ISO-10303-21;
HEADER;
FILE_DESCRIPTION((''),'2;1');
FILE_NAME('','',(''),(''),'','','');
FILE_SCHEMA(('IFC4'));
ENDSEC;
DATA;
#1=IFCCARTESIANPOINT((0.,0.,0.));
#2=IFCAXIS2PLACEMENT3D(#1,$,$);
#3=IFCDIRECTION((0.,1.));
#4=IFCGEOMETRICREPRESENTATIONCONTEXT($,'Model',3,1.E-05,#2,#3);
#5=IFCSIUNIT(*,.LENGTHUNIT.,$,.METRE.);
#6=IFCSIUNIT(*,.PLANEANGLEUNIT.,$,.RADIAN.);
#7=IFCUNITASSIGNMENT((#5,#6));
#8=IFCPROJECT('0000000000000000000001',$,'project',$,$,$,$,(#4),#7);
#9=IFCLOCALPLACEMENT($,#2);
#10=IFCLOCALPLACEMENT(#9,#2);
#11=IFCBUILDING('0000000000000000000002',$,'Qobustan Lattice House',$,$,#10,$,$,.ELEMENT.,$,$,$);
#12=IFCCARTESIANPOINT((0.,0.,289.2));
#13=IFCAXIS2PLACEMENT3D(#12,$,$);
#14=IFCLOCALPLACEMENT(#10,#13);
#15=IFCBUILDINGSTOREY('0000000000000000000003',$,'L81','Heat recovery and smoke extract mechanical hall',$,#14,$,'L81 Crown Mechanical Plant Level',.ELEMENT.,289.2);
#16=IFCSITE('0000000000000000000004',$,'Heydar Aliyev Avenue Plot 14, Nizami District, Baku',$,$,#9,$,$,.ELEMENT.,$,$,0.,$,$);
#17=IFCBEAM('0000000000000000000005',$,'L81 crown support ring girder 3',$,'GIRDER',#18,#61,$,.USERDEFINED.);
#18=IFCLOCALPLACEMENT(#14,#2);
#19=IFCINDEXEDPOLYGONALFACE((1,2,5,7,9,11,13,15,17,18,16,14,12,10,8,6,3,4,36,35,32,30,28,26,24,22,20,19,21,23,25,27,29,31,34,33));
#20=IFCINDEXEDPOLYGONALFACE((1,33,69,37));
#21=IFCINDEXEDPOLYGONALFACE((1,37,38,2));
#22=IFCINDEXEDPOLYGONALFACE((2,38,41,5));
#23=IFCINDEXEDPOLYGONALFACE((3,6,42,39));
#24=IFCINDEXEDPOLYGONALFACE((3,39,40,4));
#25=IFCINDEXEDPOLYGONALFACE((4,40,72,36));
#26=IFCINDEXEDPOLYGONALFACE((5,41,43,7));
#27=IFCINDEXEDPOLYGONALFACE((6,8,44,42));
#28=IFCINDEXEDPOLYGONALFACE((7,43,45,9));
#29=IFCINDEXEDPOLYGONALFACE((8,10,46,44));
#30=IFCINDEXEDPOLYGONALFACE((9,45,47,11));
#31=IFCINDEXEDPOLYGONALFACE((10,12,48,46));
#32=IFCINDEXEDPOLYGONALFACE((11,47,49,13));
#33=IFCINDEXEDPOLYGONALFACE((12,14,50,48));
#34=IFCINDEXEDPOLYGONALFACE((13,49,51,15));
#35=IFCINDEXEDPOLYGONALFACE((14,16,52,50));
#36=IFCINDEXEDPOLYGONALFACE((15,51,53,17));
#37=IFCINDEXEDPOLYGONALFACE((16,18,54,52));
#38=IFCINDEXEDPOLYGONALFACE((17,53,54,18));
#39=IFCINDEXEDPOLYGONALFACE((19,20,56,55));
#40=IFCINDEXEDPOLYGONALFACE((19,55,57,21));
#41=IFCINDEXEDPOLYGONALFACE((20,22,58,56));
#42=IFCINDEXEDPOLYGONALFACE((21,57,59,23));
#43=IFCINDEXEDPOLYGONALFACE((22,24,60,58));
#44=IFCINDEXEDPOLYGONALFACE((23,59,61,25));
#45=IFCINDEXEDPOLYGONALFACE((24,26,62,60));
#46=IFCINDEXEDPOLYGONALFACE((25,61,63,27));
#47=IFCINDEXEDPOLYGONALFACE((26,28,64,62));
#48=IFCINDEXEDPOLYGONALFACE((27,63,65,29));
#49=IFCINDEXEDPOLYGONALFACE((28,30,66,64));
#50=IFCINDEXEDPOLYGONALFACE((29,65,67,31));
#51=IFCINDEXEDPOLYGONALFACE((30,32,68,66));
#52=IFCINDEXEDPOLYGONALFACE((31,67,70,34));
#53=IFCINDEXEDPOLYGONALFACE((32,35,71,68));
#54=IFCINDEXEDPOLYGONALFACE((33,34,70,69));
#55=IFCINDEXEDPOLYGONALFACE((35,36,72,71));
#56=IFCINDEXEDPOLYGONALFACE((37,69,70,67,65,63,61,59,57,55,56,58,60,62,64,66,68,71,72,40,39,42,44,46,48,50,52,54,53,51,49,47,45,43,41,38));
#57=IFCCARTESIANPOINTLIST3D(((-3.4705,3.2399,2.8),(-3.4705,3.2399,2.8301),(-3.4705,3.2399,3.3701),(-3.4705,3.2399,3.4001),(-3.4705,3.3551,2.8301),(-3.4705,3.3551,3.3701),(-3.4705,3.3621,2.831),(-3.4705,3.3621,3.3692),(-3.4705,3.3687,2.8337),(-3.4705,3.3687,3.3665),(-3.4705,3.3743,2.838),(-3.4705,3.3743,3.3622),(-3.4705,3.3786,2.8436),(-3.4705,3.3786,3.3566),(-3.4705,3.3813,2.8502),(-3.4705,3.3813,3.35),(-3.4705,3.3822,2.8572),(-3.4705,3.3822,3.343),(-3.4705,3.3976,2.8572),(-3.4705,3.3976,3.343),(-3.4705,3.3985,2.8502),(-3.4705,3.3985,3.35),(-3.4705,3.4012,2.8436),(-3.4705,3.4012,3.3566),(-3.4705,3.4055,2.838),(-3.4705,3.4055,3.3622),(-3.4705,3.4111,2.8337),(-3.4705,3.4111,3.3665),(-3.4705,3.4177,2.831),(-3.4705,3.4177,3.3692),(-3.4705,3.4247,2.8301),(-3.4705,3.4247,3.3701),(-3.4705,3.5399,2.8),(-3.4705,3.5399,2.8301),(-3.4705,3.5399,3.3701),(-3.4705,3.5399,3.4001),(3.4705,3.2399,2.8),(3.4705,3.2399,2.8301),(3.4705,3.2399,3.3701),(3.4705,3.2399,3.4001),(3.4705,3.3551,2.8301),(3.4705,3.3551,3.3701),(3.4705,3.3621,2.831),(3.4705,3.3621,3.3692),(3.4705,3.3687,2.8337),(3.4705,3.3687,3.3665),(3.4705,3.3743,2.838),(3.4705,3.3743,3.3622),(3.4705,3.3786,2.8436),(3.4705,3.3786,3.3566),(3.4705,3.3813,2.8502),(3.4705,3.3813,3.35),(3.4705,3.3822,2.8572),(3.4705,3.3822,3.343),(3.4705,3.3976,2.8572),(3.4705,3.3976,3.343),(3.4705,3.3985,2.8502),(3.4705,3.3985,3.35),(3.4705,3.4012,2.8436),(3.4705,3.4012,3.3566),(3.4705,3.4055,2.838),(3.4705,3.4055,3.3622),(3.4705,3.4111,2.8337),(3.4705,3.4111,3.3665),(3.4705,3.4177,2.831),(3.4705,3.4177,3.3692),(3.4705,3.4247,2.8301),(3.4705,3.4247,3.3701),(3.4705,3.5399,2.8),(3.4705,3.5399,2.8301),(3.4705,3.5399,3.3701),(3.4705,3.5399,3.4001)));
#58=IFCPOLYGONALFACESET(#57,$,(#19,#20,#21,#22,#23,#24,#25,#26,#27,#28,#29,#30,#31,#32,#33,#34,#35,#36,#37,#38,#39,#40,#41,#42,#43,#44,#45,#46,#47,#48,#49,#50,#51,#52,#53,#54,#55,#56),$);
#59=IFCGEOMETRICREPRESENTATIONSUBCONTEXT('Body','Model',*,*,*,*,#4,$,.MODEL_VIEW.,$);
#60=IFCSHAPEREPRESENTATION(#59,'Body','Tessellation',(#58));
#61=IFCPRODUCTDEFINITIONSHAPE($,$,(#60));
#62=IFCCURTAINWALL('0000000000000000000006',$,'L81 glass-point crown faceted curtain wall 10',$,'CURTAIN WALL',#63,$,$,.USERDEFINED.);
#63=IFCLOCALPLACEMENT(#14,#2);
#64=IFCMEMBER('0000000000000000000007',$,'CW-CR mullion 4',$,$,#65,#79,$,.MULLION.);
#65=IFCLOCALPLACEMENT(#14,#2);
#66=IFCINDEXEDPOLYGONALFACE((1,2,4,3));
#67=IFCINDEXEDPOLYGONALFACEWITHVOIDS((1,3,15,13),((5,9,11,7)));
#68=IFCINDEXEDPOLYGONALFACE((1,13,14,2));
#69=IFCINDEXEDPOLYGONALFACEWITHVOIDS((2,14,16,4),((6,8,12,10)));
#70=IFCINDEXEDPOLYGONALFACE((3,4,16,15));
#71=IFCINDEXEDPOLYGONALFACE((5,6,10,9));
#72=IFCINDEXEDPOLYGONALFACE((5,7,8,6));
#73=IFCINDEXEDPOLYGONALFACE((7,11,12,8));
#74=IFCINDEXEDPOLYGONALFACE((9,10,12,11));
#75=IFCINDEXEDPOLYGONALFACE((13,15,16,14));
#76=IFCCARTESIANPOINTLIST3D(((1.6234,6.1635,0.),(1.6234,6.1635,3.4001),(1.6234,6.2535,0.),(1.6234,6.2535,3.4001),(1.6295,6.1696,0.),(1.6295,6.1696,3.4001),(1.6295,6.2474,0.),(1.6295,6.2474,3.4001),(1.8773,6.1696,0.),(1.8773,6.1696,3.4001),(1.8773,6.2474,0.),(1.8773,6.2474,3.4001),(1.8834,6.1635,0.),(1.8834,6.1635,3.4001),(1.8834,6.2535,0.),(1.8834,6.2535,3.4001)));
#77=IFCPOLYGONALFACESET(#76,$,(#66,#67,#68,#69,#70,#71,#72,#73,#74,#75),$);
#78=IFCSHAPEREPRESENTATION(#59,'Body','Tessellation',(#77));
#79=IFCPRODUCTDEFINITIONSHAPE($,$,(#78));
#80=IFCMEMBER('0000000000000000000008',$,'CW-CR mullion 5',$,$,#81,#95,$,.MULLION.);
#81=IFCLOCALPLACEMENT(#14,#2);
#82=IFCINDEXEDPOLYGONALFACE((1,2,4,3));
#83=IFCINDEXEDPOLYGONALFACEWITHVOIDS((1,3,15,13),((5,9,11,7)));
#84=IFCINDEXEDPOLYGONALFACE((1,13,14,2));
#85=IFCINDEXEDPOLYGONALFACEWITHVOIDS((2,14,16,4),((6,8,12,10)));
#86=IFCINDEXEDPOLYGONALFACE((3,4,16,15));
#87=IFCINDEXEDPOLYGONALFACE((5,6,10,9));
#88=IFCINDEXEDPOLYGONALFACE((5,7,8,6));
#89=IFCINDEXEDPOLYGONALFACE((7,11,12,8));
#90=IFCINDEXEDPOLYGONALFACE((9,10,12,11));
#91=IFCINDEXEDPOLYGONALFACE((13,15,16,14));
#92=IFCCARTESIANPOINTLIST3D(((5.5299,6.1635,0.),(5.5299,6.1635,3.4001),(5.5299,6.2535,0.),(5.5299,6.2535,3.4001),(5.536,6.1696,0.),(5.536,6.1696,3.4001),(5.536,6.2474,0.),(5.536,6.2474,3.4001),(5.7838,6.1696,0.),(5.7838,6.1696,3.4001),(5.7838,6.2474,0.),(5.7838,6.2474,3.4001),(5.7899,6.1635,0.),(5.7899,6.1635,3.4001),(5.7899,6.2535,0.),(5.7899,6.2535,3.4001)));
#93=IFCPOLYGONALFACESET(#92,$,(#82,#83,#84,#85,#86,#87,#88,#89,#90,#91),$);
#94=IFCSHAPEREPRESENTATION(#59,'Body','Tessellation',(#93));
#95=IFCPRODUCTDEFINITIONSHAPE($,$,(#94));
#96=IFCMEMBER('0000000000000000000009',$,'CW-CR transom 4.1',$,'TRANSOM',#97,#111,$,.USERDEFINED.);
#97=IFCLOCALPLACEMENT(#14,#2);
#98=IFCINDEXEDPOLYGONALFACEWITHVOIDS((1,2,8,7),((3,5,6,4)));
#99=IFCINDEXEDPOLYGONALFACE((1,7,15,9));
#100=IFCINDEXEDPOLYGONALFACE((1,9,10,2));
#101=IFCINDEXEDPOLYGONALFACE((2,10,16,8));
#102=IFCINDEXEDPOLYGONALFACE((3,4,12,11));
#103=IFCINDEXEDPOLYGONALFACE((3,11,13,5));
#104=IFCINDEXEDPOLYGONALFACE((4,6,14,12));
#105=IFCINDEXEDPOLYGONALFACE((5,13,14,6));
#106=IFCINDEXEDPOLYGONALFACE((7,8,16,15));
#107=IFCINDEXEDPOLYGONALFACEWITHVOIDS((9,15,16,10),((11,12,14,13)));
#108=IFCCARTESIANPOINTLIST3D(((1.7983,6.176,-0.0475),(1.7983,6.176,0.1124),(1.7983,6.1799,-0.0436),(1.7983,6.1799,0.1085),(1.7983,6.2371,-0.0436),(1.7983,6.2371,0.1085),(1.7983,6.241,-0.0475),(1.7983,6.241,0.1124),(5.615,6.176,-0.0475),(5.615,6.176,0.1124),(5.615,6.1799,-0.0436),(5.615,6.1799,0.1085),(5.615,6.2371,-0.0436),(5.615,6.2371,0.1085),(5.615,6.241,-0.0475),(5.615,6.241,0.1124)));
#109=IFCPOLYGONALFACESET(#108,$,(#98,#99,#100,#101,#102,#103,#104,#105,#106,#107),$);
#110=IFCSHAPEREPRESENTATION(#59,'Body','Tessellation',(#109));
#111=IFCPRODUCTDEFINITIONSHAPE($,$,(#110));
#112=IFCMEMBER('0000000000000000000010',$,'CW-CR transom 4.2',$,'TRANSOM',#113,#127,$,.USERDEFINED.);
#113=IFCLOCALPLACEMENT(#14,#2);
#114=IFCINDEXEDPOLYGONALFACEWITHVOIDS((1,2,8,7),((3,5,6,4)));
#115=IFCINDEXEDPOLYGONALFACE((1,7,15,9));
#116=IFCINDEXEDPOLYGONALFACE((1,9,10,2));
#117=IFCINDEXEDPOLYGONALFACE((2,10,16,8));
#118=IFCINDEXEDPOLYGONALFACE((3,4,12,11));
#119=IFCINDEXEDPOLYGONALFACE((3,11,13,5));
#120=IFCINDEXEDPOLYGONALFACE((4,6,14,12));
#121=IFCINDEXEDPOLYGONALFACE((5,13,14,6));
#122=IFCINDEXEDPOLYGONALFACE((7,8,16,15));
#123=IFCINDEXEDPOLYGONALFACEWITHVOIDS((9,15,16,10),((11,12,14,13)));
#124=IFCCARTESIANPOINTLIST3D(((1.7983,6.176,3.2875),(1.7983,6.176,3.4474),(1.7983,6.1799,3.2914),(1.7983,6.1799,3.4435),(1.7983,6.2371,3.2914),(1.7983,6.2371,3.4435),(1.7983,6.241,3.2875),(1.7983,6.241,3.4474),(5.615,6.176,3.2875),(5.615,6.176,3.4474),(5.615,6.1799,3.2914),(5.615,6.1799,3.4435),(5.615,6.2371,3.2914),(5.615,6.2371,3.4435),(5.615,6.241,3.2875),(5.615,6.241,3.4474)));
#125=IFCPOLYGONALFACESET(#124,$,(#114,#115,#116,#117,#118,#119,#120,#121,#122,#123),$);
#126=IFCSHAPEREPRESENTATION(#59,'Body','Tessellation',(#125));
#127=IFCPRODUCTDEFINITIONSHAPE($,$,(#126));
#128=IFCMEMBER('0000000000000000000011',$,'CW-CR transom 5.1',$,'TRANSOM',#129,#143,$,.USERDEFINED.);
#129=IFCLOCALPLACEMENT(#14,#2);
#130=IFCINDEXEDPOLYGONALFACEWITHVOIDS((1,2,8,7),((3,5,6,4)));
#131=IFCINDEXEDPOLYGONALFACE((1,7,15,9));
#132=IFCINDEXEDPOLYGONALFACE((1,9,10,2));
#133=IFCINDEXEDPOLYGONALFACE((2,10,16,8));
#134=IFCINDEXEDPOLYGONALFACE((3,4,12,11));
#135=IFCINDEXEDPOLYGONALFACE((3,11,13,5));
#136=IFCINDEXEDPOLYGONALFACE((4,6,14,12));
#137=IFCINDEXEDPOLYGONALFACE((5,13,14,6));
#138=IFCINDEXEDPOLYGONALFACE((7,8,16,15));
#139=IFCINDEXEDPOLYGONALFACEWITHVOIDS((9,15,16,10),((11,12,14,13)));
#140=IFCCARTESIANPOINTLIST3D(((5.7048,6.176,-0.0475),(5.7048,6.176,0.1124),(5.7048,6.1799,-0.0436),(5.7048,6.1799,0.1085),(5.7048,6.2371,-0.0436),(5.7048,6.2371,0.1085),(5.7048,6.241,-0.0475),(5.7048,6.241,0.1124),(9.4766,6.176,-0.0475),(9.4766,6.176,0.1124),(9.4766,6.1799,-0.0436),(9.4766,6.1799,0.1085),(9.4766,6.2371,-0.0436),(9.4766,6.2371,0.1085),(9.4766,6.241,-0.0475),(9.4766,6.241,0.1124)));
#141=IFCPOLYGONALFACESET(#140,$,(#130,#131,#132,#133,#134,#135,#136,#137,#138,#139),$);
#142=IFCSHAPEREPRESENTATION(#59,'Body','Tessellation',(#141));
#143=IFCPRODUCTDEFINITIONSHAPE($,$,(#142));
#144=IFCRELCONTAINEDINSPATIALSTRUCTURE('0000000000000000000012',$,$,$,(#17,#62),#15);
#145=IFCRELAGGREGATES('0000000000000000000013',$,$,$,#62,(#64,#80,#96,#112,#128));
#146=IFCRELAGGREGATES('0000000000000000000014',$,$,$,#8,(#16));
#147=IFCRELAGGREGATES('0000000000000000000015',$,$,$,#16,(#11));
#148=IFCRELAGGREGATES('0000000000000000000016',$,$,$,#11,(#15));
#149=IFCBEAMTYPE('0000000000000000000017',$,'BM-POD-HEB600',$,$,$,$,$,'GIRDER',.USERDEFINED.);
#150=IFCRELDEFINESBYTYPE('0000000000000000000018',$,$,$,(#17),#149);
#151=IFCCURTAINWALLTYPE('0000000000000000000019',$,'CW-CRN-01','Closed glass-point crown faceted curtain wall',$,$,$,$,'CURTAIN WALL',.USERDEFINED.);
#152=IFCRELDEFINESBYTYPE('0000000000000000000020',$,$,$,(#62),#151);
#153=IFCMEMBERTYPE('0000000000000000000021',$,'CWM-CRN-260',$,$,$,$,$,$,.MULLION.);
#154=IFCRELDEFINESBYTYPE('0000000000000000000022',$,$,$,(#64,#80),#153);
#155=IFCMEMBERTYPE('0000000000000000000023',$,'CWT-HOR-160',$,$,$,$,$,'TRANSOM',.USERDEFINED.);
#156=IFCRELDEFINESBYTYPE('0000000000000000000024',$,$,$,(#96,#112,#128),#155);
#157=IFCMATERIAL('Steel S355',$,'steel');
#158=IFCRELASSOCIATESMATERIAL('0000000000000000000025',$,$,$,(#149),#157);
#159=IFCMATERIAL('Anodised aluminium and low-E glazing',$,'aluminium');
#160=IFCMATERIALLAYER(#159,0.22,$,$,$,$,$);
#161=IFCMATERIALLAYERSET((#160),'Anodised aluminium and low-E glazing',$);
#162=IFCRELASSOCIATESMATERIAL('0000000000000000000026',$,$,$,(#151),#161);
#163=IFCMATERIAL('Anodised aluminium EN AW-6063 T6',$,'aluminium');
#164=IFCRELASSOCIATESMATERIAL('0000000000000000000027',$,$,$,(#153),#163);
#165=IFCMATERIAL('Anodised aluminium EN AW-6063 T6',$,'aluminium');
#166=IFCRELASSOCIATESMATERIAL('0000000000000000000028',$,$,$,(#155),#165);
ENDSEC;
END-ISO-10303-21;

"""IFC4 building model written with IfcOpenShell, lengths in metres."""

from ifc_helpers import new_model, si_unit, direction, frame, origin, origin_2d, place, context, subcontext, project, spatial, hollow_rectangle, i_section, extrude, material, layer, layer_set, material_profile, profile_set, type_object, element, aggregate, save


model = new_model("IFC4")

# Units and contexts
model_context = context("Model", 3, precision=1e-05, world=origin(), true_north=direction((0.0, 1.0)))
body_context = subcontext(model_context, "Body", "Model", "MODEL_VIEW")
ifc_project = project(units=[si_unit("LENGTHUNIT", "METRE"), si_unit("PLANEANGLEUNIT", "RADIAN")], contexts=[model_context])

# Site, building, storey
site_placement = place(None, origin())
site = spatial("IfcSite", under=ifc_project, at=site_placement, Name="Heydar Aliyev Avenue Plot 14, Nizami District, Baku", CompositionType="ELEMENT", RefElevation=0.0)
building_placement = place(site_placement, origin())
building = spatial("IfcBuilding", under=site, at=building_placement, Name="Qobustan Lattice House", CompositionType="ELEMENT")
storey_placement = place(building_placement, frame((0.0, 0.0, 289.2)))
storey = spatial("IfcBuildingStorey", under=building, at=storey_placement, Name="L81", Description="Heat recovery and smoke extract mechanical hall", LongName="L81 Crown Mechanical Plant Level", CompositionType="ELEMENT", Elevation=289.2)

# Beam
ifc_material_1 = material(Name="Steel S355", Category="steel")
ifc_material_profile_1 = material_profile(ifc_material_1, i_section(OverallWidth=0.3, OverallDepth=0.6001, WebThickness=0.0154, FlangeThickness=0.03, FilletRadius=0.0271, at=origin_2d()), Name="HEB600")
ifc_profile_set_1 = profile_set([ifc_material_profile_1], Name="Steel S355")
beam_type = type_object("IfcBeamType", Name="BM-POD-HEB600", ElementType="GIRDER", PredefinedType="USERDEFINED", material=ifc_profile_set_1)
beam_placement = place(storey_placement, frame((3.4705, 3.3899, 3.1001), z_axis=(-1.0, 0.0, 0.0), x_axis=(0.0, -1.0, 0.0)))
element("IfcBeam", 1, at=beam_placement, inside=storey, type_object=beam_type, Name="L81 crown support ring girder 3", ObjectType="GIRDER", PredefinedType="USERDEFINED", context=body_context, shape_type="SweptSolid", body=[
    extrude(i_section(OverallWidth=0.3, OverallDepth=0.6001, WebThickness=0.0154, FlangeThickness=0.03, FilletRadius=0.0271, at=origin_2d()), origin(), (0.0, 0.0, 1.0), 6.9409),
])

# Curtain wall, members
ifc_material_2 = material(Name="Anodised aluminium and low-E glazing", Category="aluminium")
ifc_layer_1 = layer(ifc_material_2, 0.22)
ifc_layer_set_1 = layer_set([ifc_layer_1], Name="Anodised aluminium and low-E glazing")
curtain_wall_type = type_object("IfcCurtainWallType", Name="CW-CRN-01", Description="Closed glass-point crown faceted curtain wall", ElementType="CURTAIN WALL", PredefinedType="USERDEFINED", material=ifc_layer_set_1)
curtain_wall_placement = place(storey_placement, origin())
curtain_wall = element("IfcCurtainWall", 2, at=curtain_wall_placement, inside=storey, type_object=curtain_wall_type, Name="L81 glass-point crown faceted curtain wall 10", ObjectType="CURTAIN WALL", PredefinedType="USERDEFINED")
ifc_material_3 = material(Name="Anodised aluminium EN AW-6063 T6", Category="aluminium")
ifc_material_profile_2 = material_profile(ifc_material_3, hollow_rectangle(XDim=0.0901, YDim=0.26, WallThickness=0.0061, at=origin_2d()), Name="CWM-CROWN-260x90")
ifc_profile_set_2 = profile_set([ifc_material_profile_2], Name="Anodised aluminium EN AW-6063 T6")
member_type_1 = type_object("IfcMemberType", Name="CWM-CRN-260", PredefinedType="MULLION", material=ifc_profile_set_2)
member_1_placement = place(storey_placement, frame((1.7534, 6.2085, 0.0), z_axis=(0.0, 0.0, 1.0), x_axis=(0.0, 1.0, 0.0)))
member_1 = element("IfcMember", 3, at=member_1_placement, type_object=member_type_1, Name="CW-CR mullion 4", PredefinedType="MULLION", context=body_context, shape_type="SweptSolid", body=[
    extrude(hollow_rectangle(XDim=0.0901, YDim=0.26, WallThickness=0.0061, at=origin_2d()), origin(), (0.0, 0.0, 1.0), 3.4001),
])
member_2_placement = place(storey_placement, frame((5.6599, 6.2085, 0.0), z_axis=(0.0, 0.0, 1.0), x_axis=(0.0, 1.0, 0.0)))
member_2 = element("IfcMember", 4, at=member_2_placement, type_object=member_type_1, Name="CW-CR mullion 5", PredefinedType="MULLION", context=body_context, shape_type="SweptSolid", body=[
    extrude(hollow_rectangle(XDim=0.0901, YDim=0.26, WallThickness=0.0061, at=origin_2d()), origin(), (0.0, 0.0, 1.0), 3.4001),
])
ifc_material_4 = material(Name="Anodised aluminium EN AW-6063 T6", Category="aluminium")
ifc_material_profile_3 = material_profile(ifc_material_4, hollow_rectangle(XDim=0.0649, YDim=0.1599, WallThickness=0.0039, at=origin_2d()), Name="CWT-160x65")
ifc_profile_set_3 = profile_set([ifc_material_profile_3], Name="Anodised aluminium EN AW-6063 T6")
member_type_2 = type_object("IfcMemberType", Name="CWT-HOR-160", ElementType="TRANSOM", PredefinedType="USERDEFINED", material=ifc_profile_set_3)
member_3_placement = place(storey_placement, frame((1.7983, 6.2085, 0.0325), z_axis=(1.0, 0.0, 0.0), x_axis=(0.0, 1.0, 0.0)))
member_3 = element("IfcMember", 5, at=member_3_placement, type_object=member_type_2, Name="CW-CR transom 4.1", ObjectType="TRANSOM", PredefinedType="USERDEFINED", context=body_context, shape_type="SweptSolid", body=[
    extrude(hollow_rectangle(XDim=0.0649, YDim=0.1599, WallThickness=0.0039, at=origin_2d()), origin(), (0.0, 0.0, 1.0), 3.8167),
])
member_4_placement = place(storey_placement, frame((1.7983, 6.2085, 3.3674), z_axis=(1.0, 0.0, 0.0), x_axis=(0.0, 1.0, 0.0)))
member_4 = element("IfcMember", 6, at=member_4_placement, type_object=member_type_2, Name="CW-CR transom 4.2", ObjectType="TRANSOM", PredefinedType="USERDEFINED", context=body_context, shape_type="SweptSolid", body=[
    extrude(hollow_rectangle(XDim=0.0649, YDim=0.1599, WallThickness=0.0039, at=origin_2d()), origin(), (0.0, 0.0, 1.0), 3.8167),
])
member_5_placement = place(storey_placement, frame((5.7048, 6.2085, 0.0325), z_axis=(1.0, 0.0, 0.0), x_axis=(0.0, 1.0, 0.0)))
member_5 = element("IfcMember", 7, at=member_5_placement, type_object=member_type_2, Name="CW-CR transom 5.1", ObjectType="TRANSOM", PredefinedType="USERDEFINED", context=body_context, shape_type="SweptSolid", body=[
    extrude(hollow_rectangle(XDim=0.0649, YDim=0.1599, WallThickness=0.0039, at=origin_2d()), origin(), (0.0, 0.0, 1.0), 3.7717),
])

aggregate(curtain_wall, [member_1, member_2, member_3, member_4, member_5])

save(model, "model.ifc")
